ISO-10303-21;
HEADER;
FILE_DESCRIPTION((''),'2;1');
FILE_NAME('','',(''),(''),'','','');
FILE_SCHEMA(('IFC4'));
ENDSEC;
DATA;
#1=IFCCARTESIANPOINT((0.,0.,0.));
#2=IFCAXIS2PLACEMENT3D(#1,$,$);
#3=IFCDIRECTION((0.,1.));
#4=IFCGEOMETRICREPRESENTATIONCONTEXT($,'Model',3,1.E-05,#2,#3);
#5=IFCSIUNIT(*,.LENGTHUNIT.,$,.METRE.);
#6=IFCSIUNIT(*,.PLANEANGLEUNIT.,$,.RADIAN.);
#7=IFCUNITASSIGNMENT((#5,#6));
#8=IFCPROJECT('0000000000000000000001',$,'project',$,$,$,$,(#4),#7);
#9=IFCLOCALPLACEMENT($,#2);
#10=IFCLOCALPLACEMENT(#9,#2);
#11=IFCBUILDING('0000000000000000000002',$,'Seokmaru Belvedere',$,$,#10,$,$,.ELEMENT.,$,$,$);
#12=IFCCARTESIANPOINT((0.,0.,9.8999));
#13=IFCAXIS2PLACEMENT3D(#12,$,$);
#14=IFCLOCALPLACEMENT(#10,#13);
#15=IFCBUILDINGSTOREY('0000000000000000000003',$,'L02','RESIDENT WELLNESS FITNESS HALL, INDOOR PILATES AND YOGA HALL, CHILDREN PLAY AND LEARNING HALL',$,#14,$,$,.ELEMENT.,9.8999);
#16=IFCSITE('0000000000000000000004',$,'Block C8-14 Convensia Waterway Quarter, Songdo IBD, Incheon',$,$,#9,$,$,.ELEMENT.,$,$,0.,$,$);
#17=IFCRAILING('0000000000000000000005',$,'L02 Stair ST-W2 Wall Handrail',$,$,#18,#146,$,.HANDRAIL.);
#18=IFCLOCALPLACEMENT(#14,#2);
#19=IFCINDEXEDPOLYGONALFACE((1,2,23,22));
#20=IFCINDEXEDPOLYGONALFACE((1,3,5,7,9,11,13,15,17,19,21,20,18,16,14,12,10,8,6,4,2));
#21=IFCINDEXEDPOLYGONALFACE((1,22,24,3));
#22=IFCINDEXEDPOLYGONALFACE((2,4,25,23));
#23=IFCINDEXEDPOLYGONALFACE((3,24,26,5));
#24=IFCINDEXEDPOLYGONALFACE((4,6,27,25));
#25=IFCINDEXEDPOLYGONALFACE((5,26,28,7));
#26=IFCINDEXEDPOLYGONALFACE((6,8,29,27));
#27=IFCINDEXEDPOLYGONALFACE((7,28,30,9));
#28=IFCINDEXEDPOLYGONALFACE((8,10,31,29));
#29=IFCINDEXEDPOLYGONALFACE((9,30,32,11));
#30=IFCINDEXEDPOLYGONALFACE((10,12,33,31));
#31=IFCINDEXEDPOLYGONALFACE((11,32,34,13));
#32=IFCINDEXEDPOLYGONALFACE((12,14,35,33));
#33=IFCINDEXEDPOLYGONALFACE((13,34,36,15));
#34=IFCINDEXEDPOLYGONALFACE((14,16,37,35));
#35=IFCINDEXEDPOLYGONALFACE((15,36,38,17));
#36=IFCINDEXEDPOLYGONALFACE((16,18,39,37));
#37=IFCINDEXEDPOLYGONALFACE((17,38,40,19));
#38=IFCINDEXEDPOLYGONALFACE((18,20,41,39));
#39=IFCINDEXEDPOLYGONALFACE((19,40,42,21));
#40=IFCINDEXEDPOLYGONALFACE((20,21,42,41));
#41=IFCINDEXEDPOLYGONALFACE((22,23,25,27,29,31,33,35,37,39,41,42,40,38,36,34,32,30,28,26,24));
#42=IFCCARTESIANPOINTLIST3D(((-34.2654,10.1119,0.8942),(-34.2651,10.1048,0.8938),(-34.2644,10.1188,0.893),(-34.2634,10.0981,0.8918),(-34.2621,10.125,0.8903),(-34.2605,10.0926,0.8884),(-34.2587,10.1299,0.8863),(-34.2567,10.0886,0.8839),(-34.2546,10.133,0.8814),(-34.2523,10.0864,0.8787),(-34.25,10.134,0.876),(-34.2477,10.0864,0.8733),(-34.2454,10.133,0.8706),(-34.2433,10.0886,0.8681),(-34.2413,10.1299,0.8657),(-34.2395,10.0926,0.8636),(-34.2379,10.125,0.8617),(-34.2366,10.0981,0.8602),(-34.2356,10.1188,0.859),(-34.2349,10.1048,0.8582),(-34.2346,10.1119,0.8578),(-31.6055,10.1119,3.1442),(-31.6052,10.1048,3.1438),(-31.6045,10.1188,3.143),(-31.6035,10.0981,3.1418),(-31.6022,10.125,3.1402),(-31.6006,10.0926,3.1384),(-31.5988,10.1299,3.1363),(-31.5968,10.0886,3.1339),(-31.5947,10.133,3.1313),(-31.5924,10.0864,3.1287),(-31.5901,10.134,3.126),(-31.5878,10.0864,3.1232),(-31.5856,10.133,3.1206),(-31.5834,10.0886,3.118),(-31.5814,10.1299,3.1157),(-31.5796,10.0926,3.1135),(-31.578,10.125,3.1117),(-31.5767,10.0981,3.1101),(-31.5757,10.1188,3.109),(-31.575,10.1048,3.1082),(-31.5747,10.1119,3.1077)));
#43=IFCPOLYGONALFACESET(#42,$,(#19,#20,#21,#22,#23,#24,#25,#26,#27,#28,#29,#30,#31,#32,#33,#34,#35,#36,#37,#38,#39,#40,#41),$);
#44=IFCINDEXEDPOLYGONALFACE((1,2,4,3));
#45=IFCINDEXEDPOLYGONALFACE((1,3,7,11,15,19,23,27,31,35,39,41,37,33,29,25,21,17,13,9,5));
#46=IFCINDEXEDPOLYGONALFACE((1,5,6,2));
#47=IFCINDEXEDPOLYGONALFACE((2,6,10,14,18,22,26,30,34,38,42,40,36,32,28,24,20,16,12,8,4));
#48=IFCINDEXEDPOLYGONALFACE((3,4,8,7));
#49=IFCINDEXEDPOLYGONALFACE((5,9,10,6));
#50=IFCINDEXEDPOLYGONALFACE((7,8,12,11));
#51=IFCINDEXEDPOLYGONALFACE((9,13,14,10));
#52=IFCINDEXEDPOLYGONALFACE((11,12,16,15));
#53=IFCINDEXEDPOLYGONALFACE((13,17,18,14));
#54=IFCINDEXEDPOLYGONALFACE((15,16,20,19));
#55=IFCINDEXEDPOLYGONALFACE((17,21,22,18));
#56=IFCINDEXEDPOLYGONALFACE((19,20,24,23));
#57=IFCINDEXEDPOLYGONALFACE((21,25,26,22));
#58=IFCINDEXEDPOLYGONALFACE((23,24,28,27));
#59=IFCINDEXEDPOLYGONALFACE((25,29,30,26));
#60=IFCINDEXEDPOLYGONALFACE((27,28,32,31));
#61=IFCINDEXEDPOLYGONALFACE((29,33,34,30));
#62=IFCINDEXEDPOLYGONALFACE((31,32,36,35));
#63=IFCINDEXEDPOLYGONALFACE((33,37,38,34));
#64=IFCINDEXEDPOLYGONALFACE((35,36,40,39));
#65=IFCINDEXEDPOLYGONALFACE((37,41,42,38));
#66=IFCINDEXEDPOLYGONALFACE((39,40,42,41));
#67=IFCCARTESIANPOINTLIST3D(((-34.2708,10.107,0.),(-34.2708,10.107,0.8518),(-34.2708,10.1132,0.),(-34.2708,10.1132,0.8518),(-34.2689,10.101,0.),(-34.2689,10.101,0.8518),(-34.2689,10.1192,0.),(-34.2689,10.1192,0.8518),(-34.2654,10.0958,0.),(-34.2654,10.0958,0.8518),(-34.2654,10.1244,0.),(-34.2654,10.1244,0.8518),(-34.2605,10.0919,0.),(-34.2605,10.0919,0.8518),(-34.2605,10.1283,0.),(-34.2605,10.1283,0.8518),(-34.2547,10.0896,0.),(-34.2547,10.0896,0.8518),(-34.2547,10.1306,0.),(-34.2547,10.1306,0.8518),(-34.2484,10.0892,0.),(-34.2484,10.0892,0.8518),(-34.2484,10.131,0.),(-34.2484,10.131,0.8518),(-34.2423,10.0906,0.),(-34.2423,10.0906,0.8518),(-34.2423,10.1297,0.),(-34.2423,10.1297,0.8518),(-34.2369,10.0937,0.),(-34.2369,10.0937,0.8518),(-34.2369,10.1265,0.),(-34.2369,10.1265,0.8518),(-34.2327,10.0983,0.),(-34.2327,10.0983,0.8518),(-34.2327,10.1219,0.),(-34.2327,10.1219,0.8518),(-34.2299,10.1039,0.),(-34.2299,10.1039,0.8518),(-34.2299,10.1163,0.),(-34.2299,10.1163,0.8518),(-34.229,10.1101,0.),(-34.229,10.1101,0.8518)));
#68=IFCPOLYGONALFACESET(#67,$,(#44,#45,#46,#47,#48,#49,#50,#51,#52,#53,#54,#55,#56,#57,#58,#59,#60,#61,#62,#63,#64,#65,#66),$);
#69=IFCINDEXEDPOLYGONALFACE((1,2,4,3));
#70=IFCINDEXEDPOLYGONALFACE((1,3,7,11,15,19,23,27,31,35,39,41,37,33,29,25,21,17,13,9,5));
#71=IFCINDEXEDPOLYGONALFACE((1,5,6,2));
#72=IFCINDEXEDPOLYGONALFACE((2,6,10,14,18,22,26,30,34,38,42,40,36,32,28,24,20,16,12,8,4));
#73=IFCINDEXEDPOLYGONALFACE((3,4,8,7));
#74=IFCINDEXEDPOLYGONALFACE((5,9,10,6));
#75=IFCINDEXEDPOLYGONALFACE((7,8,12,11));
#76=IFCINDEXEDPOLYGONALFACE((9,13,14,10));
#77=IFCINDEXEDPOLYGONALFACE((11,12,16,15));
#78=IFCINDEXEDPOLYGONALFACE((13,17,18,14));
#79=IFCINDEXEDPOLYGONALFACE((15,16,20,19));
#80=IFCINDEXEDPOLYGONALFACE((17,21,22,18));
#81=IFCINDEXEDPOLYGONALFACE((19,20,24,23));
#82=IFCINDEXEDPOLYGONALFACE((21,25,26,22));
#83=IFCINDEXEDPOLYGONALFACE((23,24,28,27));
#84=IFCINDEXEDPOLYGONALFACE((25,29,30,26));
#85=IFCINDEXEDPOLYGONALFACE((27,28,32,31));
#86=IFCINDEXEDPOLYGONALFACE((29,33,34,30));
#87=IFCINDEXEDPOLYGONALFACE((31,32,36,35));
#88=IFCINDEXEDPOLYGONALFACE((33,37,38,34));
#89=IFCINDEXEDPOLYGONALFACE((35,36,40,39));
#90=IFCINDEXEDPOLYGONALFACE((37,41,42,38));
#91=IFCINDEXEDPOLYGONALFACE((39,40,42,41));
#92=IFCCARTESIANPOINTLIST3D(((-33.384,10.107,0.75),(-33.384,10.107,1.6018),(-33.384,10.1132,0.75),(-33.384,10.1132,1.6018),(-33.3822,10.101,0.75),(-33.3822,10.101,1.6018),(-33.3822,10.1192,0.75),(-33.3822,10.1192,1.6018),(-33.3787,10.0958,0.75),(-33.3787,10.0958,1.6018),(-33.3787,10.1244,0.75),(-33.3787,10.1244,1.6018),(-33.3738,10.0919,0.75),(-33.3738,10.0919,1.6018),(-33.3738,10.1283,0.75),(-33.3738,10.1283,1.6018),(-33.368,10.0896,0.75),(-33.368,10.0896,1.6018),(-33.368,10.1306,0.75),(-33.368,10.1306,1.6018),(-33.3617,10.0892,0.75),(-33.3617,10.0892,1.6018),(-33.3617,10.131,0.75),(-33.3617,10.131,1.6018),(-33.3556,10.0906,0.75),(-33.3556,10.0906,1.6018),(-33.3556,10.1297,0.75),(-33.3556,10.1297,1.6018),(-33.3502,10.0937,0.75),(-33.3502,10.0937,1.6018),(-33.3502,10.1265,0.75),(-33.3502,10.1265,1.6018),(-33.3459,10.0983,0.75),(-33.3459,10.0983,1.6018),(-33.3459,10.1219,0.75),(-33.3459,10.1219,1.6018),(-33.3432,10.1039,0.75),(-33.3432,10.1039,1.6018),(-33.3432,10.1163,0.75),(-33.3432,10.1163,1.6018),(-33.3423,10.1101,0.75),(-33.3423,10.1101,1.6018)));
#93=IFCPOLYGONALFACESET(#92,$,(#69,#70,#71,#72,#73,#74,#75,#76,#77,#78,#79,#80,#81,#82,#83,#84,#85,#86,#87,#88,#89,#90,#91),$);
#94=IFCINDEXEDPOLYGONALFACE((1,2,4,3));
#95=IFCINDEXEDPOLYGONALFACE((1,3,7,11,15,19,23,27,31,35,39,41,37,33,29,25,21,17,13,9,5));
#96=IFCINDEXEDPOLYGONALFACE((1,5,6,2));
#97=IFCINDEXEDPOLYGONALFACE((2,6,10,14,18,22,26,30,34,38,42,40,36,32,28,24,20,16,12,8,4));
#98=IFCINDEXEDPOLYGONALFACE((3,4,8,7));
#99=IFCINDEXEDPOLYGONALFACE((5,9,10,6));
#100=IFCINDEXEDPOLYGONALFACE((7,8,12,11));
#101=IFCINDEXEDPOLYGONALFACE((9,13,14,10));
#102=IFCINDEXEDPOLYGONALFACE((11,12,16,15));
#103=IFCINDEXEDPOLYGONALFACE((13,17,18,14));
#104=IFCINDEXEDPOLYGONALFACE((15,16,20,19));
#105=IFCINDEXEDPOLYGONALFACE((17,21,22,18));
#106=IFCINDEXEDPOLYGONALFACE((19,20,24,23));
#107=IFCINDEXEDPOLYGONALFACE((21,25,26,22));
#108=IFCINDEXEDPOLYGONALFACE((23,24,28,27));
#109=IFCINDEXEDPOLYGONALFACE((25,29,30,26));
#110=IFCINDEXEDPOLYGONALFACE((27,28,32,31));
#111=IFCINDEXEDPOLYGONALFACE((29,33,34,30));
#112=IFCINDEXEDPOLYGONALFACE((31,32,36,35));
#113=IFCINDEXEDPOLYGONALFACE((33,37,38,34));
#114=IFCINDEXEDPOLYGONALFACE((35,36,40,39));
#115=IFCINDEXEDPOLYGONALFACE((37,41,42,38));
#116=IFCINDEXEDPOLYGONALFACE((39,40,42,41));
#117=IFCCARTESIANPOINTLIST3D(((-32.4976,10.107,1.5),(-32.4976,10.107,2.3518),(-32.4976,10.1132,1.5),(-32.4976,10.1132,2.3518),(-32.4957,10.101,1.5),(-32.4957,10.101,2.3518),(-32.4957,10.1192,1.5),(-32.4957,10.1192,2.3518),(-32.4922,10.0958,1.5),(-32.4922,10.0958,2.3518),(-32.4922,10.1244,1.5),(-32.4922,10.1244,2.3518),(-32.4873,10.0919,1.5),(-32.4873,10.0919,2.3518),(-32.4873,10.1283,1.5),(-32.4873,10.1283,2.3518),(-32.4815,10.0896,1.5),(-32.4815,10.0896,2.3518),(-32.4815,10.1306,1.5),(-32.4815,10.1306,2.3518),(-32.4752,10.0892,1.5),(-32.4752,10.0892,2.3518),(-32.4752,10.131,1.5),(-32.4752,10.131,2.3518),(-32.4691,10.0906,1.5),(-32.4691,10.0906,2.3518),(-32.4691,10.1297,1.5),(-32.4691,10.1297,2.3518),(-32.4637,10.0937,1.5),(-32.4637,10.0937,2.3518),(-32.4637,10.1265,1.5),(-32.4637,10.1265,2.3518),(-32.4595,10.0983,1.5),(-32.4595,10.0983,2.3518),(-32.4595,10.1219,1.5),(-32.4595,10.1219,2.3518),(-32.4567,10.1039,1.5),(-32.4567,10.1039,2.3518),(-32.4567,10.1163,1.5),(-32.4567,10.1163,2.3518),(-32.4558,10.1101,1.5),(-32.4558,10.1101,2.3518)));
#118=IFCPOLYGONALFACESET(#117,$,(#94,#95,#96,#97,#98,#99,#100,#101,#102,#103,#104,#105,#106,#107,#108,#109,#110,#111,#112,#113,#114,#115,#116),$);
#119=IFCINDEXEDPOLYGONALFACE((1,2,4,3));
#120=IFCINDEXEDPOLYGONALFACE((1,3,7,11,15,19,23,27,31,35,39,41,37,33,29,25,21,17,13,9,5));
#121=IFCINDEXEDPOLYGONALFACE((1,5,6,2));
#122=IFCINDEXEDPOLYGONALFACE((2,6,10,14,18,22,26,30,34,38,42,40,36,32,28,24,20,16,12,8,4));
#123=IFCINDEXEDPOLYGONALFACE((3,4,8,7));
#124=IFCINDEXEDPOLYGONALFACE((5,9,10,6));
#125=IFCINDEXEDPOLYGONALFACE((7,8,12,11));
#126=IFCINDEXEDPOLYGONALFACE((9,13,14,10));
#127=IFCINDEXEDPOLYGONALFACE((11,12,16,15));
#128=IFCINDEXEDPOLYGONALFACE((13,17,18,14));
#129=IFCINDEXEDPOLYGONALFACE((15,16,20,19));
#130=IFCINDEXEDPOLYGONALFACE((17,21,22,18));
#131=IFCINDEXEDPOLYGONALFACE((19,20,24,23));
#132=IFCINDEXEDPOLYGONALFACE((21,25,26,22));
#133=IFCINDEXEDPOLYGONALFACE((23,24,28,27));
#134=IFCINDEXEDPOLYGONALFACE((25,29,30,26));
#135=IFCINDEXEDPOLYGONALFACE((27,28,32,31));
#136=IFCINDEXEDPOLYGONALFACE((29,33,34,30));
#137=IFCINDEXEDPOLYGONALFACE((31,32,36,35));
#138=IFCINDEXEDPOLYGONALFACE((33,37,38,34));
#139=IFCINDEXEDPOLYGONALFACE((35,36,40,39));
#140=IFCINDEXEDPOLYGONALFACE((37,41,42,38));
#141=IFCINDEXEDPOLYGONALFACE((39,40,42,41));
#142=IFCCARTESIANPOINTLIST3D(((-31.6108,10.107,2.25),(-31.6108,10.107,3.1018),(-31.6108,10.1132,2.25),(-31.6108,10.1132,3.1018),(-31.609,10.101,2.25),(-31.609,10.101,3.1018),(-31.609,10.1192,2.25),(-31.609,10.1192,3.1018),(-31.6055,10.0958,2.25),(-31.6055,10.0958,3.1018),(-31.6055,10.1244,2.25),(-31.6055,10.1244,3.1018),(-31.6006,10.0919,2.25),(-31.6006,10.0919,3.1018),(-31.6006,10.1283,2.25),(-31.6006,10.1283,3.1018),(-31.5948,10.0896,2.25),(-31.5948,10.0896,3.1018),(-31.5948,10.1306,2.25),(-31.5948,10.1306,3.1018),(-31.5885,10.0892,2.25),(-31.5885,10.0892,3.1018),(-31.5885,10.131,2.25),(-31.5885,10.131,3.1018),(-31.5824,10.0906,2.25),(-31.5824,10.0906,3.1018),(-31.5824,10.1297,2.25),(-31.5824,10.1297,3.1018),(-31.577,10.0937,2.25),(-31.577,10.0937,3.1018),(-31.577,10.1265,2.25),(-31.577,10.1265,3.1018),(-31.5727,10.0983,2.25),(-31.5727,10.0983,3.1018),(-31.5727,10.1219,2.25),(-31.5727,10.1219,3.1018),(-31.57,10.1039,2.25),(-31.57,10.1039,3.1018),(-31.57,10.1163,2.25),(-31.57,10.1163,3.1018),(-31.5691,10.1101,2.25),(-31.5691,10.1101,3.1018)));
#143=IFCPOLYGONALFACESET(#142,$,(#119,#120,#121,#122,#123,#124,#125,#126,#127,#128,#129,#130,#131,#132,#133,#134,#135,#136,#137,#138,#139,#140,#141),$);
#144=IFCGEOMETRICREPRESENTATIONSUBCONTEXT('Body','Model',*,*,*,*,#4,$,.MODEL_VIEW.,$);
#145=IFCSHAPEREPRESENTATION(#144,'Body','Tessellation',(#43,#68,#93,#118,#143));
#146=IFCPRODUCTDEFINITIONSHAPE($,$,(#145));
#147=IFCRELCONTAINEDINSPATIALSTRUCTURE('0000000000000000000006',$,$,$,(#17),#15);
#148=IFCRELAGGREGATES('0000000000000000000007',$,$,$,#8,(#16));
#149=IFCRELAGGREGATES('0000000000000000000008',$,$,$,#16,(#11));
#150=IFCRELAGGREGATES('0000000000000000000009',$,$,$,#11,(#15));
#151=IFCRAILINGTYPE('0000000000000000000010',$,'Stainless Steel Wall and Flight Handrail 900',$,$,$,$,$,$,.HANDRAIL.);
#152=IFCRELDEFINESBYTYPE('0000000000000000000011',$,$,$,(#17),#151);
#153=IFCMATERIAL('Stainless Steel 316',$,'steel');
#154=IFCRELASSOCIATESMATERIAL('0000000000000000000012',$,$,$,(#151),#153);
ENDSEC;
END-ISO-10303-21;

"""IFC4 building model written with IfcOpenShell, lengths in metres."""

from ifc_helpers import new_model, si_unit, direction, frame, origin, origin_2d, place, context, subcontext, project, spatial, circle, extrude, material, type_object, element, save


model = new_model("IFC4")

# Units and contexts
model_context = context("Model", 3, precision=1e-05, world=origin(), true_north=direction((0.0, 1.0)))
body_context = subcontext(model_context, "Body", "Model", "MODEL_VIEW")
ifc_project = project(units=[si_unit("LENGTHUNIT", "METRE"), si_unit("PLANEANGLEUNIT", "RADIAN")], contexts=[model_context])

# Site, building, storey
site_placement = place(None, origin())
site = spatial("IfcSite", under=ifc_project, at=site_placement, Name="Block C8-14 Convensia Waterway Quarter, Songdo IBD, Incheon", CompositionType="ELEMENT", RefElevation=0.0)
building_placement = place(site_placement, origin())
building = spatial("IfcBuilding", under=site, at=building_placement, Name="Seokmaru Belvedere", CompositionType="ELEMENT")
storey_placement = place(building_placement, frame((0.0, 0.0, 9.8999)))
storey = spatial("IfcBuildingStorey", under=building, at=storey_placement, Name="L02", Description="RESIDENT WELLNESS FITNESS HALL, INDOOR PILATES AND YOGA HALL, CHILDREN PLAY AND LEARNING HALL", CompositionType="ELEMENT", Elevation=9.8999)

# Railing
ifc_material_1 = material(Name="Stainless Steel 316", Category="steel")
railing_type_1 = type_object("IfcRailingType", Name="Stainless Steel Wall and Flight Handrail 900", PredefinedType="HANDRAIL", material=ifc_material_1)
railing_1_placement = place(storey_placement, frame((-34.25, 10.1101, 0.0)))
element("IfcRailing", 1, at=railing_1_placement, inside=storey, type_object=railing_type_1, Name="L02 Stair ST-W2 Wall Handrail", PredefinedType="HANDRAIL", context=body_context, shape_type="SweptSolid", body=[
    extrude(circle(Radius=0.0239, at=origin_2d()), frame((0.0, 0.0, 0.876), z_axis=(0.763485, 0.0, 0.645826), x_axis=(0.0, 1.0, 0.0)), (0.0, 0.0, 1.0), 3.4839),
    extrude(circle(Radius=0.021, at=origin_2d()), origin(), (0.0, 0.0, 1.0), 0.8518),
    extrude(circle(Radius=0.021, at=origin_2d()), frame((0.8867, 0.0, 0.75)), (0.0, 0.0, 1.0), 0.8518),
    extrude(circle(Radius=0.021, at=origin_2d()), frame((1.7732, 0.0, 1.5)), (0.0, 0.0, 1.0), 0.8518),
    extrude(circle(Radius=0.021, at=origin_2d()), frame((2.6599, 0.0, 2.25)), (0.0, 0.0, 1.0), 0.8518),
])

save(model, "model.ifc")
